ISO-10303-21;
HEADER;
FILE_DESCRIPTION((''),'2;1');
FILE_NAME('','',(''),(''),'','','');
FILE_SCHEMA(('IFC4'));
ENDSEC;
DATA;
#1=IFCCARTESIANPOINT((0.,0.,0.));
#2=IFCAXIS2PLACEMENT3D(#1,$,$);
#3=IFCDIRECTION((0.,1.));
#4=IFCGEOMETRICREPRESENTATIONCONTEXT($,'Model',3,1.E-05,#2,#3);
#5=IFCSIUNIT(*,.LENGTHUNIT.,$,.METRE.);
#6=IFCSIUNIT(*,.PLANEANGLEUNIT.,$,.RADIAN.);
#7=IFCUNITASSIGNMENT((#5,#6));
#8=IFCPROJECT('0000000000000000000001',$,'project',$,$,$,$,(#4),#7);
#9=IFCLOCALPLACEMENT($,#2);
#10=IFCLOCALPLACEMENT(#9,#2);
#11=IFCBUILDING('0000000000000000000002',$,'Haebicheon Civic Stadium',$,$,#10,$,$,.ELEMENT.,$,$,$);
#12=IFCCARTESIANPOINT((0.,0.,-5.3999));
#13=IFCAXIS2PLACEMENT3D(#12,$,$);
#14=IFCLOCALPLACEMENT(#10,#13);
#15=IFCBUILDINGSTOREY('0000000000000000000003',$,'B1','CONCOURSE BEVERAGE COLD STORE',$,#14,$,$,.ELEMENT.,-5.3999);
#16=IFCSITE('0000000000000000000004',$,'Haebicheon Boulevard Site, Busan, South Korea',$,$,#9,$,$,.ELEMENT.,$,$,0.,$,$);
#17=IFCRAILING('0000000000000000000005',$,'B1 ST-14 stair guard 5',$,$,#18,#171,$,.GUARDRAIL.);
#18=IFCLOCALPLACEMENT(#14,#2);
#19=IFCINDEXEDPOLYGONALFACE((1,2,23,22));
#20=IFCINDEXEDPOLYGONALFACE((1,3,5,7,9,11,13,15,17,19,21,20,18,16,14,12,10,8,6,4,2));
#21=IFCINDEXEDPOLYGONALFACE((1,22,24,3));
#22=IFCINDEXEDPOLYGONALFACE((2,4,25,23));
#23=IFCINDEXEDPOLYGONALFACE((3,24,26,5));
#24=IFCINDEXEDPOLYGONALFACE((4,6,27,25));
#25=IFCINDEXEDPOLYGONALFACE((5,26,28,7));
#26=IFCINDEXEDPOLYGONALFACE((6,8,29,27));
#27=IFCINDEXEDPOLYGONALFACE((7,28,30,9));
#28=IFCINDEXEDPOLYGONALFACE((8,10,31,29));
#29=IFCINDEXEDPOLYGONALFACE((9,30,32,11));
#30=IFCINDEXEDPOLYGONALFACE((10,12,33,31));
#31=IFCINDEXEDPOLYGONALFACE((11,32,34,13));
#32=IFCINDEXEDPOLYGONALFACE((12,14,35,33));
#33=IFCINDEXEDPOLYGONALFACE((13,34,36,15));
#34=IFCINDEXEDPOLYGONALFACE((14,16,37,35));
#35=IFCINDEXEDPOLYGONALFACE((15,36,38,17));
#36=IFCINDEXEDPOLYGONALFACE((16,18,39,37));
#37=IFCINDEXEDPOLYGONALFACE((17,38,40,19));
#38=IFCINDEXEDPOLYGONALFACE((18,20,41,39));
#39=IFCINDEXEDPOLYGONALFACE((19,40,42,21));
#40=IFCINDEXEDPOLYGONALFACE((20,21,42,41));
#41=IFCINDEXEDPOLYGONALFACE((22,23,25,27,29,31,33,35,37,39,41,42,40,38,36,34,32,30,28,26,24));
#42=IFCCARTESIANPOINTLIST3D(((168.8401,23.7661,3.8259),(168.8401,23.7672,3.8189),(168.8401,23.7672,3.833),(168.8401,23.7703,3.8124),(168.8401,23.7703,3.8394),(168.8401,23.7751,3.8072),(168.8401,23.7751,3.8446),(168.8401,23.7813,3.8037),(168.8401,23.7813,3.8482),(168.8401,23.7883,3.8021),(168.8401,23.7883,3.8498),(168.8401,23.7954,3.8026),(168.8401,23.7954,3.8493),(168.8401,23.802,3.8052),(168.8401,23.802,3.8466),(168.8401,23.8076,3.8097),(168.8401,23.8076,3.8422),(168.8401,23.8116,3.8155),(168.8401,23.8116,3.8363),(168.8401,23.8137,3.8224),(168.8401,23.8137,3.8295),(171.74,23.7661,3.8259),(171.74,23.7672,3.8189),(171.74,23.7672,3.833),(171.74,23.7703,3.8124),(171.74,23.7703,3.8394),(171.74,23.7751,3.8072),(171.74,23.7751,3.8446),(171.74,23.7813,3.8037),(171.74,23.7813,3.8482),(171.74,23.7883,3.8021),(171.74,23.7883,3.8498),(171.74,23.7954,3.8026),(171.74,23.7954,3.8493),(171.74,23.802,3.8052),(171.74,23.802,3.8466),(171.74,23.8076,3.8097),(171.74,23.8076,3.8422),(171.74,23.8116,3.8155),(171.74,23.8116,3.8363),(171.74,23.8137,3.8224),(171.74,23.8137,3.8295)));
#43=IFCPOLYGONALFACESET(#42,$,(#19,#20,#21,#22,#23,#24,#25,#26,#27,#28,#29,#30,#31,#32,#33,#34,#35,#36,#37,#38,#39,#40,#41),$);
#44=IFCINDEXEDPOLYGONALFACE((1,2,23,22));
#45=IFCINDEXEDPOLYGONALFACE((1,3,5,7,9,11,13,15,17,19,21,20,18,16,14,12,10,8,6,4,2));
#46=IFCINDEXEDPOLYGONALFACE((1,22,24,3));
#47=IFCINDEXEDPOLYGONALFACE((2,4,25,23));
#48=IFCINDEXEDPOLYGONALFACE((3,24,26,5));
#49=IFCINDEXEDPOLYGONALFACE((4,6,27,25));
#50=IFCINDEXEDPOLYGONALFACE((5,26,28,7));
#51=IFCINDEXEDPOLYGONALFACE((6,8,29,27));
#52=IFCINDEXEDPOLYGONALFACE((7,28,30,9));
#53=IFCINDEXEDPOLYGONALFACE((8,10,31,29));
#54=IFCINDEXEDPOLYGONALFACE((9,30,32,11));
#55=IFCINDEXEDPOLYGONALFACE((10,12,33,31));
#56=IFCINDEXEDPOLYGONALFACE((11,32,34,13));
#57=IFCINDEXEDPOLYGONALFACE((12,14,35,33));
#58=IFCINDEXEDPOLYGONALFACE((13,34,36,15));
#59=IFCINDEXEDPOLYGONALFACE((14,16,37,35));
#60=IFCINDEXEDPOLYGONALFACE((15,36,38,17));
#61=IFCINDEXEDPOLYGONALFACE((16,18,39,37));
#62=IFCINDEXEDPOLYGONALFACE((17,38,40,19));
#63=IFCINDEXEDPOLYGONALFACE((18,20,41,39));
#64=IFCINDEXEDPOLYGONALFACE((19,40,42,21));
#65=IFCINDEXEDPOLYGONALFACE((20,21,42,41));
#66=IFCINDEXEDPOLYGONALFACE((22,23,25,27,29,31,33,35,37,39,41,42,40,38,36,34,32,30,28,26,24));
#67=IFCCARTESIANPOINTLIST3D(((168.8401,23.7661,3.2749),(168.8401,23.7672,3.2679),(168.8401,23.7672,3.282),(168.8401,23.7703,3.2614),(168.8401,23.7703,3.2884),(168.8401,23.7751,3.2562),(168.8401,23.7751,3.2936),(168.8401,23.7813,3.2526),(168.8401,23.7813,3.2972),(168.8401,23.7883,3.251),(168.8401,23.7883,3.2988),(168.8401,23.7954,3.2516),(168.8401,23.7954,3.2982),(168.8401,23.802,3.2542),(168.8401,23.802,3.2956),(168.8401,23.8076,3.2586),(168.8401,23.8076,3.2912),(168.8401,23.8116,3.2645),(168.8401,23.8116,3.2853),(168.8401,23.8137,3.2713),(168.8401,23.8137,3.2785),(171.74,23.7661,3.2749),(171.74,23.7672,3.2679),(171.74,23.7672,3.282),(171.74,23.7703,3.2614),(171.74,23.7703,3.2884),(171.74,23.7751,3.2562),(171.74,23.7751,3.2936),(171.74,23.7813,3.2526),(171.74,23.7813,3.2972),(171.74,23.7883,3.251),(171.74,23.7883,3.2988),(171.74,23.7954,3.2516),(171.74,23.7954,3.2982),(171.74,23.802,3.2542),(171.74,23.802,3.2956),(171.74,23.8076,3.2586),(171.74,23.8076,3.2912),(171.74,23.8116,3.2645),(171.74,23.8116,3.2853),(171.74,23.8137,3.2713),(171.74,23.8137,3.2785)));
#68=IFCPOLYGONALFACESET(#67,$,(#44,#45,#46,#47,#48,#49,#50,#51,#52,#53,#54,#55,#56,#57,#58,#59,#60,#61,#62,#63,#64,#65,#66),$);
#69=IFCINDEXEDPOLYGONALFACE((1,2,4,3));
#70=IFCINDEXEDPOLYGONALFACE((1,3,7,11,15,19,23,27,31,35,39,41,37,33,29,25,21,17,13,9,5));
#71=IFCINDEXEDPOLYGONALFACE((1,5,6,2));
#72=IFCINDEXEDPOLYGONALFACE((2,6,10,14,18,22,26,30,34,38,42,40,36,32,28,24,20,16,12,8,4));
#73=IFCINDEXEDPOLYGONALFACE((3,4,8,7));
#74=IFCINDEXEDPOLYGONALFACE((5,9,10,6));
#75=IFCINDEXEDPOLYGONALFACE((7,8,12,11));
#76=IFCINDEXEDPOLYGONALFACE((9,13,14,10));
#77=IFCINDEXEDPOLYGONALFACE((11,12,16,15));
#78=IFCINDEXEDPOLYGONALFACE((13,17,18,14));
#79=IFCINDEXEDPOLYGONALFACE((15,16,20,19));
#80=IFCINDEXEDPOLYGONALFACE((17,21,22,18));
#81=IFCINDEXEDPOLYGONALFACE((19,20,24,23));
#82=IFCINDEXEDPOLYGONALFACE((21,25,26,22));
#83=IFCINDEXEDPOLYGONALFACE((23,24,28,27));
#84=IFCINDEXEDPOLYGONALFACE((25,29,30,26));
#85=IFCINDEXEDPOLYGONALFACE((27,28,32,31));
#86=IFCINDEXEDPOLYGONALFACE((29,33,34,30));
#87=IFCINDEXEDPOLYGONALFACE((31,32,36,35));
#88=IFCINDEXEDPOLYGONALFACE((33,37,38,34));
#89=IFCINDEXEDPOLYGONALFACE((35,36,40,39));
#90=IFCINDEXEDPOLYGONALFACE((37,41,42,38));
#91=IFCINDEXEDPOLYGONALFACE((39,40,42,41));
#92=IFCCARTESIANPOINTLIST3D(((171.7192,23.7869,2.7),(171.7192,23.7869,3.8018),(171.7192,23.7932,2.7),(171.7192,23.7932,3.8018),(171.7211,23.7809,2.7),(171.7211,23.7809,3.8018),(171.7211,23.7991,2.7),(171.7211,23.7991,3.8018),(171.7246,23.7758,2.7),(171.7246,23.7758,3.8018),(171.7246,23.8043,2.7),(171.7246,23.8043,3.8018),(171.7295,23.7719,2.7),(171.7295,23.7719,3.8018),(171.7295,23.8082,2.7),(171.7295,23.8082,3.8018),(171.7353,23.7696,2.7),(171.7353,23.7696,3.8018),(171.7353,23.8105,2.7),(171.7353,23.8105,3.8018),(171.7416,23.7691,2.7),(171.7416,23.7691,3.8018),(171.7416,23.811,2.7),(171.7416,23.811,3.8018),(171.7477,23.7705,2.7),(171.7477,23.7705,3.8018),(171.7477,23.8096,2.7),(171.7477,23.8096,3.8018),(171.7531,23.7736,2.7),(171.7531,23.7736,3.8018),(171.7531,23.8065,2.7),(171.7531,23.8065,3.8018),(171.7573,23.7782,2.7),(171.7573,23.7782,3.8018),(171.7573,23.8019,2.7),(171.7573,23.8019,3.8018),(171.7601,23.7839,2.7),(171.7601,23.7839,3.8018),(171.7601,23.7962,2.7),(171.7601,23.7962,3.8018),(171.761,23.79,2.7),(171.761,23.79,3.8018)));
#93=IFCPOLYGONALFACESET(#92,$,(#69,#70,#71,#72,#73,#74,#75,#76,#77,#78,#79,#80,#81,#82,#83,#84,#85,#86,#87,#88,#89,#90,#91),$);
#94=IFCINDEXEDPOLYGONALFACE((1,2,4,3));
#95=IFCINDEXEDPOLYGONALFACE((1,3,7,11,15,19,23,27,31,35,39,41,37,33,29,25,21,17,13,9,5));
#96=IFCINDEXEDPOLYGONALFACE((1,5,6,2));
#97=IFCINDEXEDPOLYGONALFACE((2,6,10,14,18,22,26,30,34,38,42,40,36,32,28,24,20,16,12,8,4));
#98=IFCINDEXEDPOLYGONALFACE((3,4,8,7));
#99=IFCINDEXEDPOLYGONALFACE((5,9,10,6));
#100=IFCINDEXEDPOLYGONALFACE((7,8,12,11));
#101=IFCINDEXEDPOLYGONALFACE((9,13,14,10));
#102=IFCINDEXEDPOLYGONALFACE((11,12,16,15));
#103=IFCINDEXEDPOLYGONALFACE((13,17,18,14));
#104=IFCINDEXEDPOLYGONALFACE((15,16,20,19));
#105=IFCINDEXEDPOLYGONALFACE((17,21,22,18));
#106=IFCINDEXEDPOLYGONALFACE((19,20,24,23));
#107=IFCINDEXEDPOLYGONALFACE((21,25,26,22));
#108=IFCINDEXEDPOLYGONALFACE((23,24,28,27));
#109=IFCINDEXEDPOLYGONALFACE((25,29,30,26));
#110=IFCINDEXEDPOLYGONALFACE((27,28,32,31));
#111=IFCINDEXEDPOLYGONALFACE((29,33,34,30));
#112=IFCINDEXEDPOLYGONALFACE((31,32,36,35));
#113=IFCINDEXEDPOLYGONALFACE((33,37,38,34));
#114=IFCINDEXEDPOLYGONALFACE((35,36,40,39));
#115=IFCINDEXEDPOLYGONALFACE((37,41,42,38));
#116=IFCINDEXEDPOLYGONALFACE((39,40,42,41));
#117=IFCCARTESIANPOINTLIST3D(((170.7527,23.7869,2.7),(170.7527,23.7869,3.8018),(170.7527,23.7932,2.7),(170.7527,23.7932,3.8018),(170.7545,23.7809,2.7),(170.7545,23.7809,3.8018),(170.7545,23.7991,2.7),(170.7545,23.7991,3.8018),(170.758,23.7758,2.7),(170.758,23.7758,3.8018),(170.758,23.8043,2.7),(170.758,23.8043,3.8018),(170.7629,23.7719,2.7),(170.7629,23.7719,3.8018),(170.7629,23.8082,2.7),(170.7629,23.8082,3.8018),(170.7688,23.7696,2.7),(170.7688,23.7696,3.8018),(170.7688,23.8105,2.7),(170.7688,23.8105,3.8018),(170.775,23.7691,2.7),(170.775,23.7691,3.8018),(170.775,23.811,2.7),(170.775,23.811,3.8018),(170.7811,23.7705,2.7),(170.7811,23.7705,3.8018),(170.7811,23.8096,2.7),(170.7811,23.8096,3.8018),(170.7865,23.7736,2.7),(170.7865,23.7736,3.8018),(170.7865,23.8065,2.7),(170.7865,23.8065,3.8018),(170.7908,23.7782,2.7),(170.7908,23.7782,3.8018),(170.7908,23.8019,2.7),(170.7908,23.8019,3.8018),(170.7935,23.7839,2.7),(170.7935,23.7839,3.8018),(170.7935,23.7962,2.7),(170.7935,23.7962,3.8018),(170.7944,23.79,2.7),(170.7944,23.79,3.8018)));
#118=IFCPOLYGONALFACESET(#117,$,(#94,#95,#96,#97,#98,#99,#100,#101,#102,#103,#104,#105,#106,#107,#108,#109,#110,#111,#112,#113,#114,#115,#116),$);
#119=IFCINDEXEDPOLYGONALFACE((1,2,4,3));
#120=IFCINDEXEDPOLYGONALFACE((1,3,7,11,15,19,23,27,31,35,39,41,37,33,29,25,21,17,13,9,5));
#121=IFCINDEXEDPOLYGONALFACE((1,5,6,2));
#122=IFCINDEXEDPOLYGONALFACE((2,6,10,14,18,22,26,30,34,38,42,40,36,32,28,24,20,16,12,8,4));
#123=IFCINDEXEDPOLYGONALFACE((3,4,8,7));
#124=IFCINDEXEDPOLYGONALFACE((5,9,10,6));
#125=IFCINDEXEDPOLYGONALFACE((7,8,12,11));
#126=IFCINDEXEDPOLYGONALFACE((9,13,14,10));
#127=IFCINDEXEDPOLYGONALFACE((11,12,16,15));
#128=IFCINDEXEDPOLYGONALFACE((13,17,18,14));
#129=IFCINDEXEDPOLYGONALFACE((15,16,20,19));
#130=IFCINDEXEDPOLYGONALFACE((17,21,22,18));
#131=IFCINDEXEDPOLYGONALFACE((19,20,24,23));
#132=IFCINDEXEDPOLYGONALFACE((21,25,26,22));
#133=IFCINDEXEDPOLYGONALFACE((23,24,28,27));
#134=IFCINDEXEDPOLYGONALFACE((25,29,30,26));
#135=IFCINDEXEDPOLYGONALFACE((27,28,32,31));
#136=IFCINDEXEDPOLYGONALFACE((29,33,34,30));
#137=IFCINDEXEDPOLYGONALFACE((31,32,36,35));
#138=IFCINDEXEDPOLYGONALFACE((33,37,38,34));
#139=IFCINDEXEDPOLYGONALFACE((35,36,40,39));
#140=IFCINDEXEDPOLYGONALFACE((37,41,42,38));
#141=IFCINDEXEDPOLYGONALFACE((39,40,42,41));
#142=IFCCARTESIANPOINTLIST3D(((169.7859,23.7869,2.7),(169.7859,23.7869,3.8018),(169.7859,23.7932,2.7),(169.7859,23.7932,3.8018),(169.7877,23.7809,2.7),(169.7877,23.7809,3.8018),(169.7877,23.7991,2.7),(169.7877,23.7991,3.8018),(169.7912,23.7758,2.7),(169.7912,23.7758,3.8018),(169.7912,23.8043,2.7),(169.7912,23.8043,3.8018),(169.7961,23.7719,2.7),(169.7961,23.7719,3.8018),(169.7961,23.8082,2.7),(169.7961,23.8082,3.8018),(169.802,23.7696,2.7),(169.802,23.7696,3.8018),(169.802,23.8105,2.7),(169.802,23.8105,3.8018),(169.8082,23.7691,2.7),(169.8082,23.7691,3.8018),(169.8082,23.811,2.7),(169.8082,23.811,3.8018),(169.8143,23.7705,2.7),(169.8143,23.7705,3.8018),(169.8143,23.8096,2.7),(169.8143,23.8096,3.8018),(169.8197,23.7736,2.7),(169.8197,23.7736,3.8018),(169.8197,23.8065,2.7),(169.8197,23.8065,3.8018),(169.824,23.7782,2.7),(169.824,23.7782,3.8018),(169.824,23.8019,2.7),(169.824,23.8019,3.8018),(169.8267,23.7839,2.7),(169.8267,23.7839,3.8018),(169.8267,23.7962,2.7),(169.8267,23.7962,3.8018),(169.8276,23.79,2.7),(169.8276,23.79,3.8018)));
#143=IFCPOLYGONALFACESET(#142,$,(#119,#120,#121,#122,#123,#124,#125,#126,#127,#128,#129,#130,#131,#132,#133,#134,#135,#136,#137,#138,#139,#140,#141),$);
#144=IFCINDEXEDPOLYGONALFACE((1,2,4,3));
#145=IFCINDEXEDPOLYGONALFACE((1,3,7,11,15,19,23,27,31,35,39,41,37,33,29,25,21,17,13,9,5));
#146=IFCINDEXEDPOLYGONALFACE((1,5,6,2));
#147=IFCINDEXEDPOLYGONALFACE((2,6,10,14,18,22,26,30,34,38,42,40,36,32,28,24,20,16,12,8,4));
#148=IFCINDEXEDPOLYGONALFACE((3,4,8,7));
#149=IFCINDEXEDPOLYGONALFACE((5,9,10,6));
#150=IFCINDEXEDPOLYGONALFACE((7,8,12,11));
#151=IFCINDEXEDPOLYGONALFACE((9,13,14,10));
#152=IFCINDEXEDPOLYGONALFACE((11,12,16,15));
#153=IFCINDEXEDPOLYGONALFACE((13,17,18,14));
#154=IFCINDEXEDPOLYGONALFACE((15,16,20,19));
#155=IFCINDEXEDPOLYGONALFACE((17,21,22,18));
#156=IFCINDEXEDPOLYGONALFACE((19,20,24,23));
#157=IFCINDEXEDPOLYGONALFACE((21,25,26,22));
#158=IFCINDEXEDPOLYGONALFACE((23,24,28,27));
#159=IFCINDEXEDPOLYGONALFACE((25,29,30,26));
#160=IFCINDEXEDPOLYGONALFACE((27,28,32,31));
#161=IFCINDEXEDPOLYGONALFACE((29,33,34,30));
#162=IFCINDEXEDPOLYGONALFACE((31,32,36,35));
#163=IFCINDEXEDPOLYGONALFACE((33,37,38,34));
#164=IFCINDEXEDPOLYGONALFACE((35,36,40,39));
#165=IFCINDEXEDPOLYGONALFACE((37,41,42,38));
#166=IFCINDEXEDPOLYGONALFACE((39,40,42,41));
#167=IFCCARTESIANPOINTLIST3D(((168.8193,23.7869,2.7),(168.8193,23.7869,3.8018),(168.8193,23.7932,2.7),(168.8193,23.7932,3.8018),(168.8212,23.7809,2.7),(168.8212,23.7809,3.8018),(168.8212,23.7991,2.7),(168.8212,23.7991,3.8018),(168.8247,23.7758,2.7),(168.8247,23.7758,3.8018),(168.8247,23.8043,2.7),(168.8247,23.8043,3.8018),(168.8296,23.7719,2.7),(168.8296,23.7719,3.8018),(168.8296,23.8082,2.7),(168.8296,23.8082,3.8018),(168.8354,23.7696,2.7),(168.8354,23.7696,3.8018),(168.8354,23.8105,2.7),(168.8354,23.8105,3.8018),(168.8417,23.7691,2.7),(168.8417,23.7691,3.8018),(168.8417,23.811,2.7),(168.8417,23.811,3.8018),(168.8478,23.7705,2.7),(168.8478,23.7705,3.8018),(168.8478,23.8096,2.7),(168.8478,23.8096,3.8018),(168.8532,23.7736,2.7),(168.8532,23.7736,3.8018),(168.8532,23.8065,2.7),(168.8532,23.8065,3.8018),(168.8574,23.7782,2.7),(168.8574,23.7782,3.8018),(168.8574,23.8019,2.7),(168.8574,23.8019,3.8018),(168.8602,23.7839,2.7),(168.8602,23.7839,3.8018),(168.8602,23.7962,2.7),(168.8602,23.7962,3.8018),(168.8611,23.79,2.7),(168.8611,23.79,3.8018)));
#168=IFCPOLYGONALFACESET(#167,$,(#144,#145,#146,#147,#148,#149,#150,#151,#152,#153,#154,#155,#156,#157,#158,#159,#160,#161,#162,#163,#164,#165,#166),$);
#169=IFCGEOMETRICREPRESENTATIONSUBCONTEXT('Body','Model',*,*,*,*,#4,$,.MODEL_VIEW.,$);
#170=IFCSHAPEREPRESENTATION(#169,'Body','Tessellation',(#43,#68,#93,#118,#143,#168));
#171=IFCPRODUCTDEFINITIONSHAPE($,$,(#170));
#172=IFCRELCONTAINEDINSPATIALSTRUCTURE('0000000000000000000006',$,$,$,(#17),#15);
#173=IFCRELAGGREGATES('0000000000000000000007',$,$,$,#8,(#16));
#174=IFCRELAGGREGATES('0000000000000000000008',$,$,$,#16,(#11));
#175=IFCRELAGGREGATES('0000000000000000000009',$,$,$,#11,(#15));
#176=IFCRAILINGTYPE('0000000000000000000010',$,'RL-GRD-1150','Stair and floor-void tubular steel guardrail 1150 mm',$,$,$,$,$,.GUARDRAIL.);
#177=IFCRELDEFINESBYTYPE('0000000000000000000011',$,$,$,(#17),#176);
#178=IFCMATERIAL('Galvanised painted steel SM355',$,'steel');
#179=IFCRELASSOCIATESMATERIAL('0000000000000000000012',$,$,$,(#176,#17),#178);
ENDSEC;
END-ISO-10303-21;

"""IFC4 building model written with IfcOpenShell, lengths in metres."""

from ifc_helpers import new_model, si_unit, direction, frame, origin, origin_2d, place, context, subcontext, project, spatial, circle, extrude, material, type_object, element, save


model = new_model("IFC4")

# Units and contexts
model_context = context("Model", 3, precision=1e-05, world=origin(), true_north=direction((0.0, 1.0)))
body_context = subcontext(model_context, "Body", "Model", "MODEL_VIEW")
ifc_project = project(units=[si_unit("LENGTHUNIT", "METRE"), si_unit("PLANEANGLEUNIT", "RADIAN")], contexts=[model_context])

# Site, building, storey
site_placement = place(None, origin())
site = spatial("IfcSite", under=ifc_project, at=site_placement, Name="Haebicheon Boulevard Site, Busan, South Korea", CompositionType="ELEMENT", RefElevation=0.0)
building_placement = place(site_placement, origin())
building = spatial("IfcBuilding", under=site, at=building_placement, Name="Haebicheon Civic Stadium", CompositionType="ELEMENT")
storey_placement = place(building_placement, frame((0.0, 0.0, -5.3999)))
storey = spatial("IfcBuildingStorey", under=building, at=storey_placement, Name="B1", Description="CONCOURSE BEVERAGE COLD STORE", CompositionType="ELEMENT", Elevation=-5.3999)

# Railing
ifc_material_1 = material(Name="Galvanised painted steel SM355", Category="steel")
railing_type = type_object("IfcRailingType", Name="RL-GRD-1150", Description="Stair and floor-void tubular steel guardrail 1150 mm", PredefinedType="GUARDRAIL", material=ifc_material_1)
railing_1_placement = place(storey_placement, frame((171.74, 23.79, 2.7)))
element("IfcRailing", 1, at=railing_1_placement, inside=storey, type_object=railing_type, material=ifc_material_1, Name="B1 ST-14 stair guard 5", PredefinedType="GUARDRAIL", context=body_context, shape_type="SweptSolid", body=[
    extrude(circle(Radius=0.0239, at=origin_2d()), frame((0.0, 0.0, 1.126), z_axis=(-1.0, 0.0, 0.0), x_axis=(0.0, -1.0, 0.0)), (0.0, 0.0, 1.0), 2.8999),
    extrude(circle(Radius=0.0239, at=origin_2d()), frame((0.0, 0.0, 0.575), z_axis=(-1.0, 0.0, 0.0), x_axis=(0.0, -1.0, 0.0)), (0.0, 0.0, 1.0), 2.8999),
    extrude(circle(Radius=0.021, at=origin_2d()), origin(), (0.0, 0.0, 1.0), 1.1018),
    extrude(circle(Radius=0.021, at=origin_2d()), frame((-0.9666, 0.0, 0.0)), (0.0, 0.0, 1.0), 1.1018),
    extrude(circle(Radius=0.021, at=origin_2d()), frame((-1.9333, 0.0, 0.0)), (0.0, 0.0, 1.0), 1.1018),
    extrude(circle(Radius=0.021, at=origin_2d()), frame((-2.8999, 0.0, 0.0)), (0.0, 0.0, 1.0), 1.1018),
])

save(model, "model.ifc")
